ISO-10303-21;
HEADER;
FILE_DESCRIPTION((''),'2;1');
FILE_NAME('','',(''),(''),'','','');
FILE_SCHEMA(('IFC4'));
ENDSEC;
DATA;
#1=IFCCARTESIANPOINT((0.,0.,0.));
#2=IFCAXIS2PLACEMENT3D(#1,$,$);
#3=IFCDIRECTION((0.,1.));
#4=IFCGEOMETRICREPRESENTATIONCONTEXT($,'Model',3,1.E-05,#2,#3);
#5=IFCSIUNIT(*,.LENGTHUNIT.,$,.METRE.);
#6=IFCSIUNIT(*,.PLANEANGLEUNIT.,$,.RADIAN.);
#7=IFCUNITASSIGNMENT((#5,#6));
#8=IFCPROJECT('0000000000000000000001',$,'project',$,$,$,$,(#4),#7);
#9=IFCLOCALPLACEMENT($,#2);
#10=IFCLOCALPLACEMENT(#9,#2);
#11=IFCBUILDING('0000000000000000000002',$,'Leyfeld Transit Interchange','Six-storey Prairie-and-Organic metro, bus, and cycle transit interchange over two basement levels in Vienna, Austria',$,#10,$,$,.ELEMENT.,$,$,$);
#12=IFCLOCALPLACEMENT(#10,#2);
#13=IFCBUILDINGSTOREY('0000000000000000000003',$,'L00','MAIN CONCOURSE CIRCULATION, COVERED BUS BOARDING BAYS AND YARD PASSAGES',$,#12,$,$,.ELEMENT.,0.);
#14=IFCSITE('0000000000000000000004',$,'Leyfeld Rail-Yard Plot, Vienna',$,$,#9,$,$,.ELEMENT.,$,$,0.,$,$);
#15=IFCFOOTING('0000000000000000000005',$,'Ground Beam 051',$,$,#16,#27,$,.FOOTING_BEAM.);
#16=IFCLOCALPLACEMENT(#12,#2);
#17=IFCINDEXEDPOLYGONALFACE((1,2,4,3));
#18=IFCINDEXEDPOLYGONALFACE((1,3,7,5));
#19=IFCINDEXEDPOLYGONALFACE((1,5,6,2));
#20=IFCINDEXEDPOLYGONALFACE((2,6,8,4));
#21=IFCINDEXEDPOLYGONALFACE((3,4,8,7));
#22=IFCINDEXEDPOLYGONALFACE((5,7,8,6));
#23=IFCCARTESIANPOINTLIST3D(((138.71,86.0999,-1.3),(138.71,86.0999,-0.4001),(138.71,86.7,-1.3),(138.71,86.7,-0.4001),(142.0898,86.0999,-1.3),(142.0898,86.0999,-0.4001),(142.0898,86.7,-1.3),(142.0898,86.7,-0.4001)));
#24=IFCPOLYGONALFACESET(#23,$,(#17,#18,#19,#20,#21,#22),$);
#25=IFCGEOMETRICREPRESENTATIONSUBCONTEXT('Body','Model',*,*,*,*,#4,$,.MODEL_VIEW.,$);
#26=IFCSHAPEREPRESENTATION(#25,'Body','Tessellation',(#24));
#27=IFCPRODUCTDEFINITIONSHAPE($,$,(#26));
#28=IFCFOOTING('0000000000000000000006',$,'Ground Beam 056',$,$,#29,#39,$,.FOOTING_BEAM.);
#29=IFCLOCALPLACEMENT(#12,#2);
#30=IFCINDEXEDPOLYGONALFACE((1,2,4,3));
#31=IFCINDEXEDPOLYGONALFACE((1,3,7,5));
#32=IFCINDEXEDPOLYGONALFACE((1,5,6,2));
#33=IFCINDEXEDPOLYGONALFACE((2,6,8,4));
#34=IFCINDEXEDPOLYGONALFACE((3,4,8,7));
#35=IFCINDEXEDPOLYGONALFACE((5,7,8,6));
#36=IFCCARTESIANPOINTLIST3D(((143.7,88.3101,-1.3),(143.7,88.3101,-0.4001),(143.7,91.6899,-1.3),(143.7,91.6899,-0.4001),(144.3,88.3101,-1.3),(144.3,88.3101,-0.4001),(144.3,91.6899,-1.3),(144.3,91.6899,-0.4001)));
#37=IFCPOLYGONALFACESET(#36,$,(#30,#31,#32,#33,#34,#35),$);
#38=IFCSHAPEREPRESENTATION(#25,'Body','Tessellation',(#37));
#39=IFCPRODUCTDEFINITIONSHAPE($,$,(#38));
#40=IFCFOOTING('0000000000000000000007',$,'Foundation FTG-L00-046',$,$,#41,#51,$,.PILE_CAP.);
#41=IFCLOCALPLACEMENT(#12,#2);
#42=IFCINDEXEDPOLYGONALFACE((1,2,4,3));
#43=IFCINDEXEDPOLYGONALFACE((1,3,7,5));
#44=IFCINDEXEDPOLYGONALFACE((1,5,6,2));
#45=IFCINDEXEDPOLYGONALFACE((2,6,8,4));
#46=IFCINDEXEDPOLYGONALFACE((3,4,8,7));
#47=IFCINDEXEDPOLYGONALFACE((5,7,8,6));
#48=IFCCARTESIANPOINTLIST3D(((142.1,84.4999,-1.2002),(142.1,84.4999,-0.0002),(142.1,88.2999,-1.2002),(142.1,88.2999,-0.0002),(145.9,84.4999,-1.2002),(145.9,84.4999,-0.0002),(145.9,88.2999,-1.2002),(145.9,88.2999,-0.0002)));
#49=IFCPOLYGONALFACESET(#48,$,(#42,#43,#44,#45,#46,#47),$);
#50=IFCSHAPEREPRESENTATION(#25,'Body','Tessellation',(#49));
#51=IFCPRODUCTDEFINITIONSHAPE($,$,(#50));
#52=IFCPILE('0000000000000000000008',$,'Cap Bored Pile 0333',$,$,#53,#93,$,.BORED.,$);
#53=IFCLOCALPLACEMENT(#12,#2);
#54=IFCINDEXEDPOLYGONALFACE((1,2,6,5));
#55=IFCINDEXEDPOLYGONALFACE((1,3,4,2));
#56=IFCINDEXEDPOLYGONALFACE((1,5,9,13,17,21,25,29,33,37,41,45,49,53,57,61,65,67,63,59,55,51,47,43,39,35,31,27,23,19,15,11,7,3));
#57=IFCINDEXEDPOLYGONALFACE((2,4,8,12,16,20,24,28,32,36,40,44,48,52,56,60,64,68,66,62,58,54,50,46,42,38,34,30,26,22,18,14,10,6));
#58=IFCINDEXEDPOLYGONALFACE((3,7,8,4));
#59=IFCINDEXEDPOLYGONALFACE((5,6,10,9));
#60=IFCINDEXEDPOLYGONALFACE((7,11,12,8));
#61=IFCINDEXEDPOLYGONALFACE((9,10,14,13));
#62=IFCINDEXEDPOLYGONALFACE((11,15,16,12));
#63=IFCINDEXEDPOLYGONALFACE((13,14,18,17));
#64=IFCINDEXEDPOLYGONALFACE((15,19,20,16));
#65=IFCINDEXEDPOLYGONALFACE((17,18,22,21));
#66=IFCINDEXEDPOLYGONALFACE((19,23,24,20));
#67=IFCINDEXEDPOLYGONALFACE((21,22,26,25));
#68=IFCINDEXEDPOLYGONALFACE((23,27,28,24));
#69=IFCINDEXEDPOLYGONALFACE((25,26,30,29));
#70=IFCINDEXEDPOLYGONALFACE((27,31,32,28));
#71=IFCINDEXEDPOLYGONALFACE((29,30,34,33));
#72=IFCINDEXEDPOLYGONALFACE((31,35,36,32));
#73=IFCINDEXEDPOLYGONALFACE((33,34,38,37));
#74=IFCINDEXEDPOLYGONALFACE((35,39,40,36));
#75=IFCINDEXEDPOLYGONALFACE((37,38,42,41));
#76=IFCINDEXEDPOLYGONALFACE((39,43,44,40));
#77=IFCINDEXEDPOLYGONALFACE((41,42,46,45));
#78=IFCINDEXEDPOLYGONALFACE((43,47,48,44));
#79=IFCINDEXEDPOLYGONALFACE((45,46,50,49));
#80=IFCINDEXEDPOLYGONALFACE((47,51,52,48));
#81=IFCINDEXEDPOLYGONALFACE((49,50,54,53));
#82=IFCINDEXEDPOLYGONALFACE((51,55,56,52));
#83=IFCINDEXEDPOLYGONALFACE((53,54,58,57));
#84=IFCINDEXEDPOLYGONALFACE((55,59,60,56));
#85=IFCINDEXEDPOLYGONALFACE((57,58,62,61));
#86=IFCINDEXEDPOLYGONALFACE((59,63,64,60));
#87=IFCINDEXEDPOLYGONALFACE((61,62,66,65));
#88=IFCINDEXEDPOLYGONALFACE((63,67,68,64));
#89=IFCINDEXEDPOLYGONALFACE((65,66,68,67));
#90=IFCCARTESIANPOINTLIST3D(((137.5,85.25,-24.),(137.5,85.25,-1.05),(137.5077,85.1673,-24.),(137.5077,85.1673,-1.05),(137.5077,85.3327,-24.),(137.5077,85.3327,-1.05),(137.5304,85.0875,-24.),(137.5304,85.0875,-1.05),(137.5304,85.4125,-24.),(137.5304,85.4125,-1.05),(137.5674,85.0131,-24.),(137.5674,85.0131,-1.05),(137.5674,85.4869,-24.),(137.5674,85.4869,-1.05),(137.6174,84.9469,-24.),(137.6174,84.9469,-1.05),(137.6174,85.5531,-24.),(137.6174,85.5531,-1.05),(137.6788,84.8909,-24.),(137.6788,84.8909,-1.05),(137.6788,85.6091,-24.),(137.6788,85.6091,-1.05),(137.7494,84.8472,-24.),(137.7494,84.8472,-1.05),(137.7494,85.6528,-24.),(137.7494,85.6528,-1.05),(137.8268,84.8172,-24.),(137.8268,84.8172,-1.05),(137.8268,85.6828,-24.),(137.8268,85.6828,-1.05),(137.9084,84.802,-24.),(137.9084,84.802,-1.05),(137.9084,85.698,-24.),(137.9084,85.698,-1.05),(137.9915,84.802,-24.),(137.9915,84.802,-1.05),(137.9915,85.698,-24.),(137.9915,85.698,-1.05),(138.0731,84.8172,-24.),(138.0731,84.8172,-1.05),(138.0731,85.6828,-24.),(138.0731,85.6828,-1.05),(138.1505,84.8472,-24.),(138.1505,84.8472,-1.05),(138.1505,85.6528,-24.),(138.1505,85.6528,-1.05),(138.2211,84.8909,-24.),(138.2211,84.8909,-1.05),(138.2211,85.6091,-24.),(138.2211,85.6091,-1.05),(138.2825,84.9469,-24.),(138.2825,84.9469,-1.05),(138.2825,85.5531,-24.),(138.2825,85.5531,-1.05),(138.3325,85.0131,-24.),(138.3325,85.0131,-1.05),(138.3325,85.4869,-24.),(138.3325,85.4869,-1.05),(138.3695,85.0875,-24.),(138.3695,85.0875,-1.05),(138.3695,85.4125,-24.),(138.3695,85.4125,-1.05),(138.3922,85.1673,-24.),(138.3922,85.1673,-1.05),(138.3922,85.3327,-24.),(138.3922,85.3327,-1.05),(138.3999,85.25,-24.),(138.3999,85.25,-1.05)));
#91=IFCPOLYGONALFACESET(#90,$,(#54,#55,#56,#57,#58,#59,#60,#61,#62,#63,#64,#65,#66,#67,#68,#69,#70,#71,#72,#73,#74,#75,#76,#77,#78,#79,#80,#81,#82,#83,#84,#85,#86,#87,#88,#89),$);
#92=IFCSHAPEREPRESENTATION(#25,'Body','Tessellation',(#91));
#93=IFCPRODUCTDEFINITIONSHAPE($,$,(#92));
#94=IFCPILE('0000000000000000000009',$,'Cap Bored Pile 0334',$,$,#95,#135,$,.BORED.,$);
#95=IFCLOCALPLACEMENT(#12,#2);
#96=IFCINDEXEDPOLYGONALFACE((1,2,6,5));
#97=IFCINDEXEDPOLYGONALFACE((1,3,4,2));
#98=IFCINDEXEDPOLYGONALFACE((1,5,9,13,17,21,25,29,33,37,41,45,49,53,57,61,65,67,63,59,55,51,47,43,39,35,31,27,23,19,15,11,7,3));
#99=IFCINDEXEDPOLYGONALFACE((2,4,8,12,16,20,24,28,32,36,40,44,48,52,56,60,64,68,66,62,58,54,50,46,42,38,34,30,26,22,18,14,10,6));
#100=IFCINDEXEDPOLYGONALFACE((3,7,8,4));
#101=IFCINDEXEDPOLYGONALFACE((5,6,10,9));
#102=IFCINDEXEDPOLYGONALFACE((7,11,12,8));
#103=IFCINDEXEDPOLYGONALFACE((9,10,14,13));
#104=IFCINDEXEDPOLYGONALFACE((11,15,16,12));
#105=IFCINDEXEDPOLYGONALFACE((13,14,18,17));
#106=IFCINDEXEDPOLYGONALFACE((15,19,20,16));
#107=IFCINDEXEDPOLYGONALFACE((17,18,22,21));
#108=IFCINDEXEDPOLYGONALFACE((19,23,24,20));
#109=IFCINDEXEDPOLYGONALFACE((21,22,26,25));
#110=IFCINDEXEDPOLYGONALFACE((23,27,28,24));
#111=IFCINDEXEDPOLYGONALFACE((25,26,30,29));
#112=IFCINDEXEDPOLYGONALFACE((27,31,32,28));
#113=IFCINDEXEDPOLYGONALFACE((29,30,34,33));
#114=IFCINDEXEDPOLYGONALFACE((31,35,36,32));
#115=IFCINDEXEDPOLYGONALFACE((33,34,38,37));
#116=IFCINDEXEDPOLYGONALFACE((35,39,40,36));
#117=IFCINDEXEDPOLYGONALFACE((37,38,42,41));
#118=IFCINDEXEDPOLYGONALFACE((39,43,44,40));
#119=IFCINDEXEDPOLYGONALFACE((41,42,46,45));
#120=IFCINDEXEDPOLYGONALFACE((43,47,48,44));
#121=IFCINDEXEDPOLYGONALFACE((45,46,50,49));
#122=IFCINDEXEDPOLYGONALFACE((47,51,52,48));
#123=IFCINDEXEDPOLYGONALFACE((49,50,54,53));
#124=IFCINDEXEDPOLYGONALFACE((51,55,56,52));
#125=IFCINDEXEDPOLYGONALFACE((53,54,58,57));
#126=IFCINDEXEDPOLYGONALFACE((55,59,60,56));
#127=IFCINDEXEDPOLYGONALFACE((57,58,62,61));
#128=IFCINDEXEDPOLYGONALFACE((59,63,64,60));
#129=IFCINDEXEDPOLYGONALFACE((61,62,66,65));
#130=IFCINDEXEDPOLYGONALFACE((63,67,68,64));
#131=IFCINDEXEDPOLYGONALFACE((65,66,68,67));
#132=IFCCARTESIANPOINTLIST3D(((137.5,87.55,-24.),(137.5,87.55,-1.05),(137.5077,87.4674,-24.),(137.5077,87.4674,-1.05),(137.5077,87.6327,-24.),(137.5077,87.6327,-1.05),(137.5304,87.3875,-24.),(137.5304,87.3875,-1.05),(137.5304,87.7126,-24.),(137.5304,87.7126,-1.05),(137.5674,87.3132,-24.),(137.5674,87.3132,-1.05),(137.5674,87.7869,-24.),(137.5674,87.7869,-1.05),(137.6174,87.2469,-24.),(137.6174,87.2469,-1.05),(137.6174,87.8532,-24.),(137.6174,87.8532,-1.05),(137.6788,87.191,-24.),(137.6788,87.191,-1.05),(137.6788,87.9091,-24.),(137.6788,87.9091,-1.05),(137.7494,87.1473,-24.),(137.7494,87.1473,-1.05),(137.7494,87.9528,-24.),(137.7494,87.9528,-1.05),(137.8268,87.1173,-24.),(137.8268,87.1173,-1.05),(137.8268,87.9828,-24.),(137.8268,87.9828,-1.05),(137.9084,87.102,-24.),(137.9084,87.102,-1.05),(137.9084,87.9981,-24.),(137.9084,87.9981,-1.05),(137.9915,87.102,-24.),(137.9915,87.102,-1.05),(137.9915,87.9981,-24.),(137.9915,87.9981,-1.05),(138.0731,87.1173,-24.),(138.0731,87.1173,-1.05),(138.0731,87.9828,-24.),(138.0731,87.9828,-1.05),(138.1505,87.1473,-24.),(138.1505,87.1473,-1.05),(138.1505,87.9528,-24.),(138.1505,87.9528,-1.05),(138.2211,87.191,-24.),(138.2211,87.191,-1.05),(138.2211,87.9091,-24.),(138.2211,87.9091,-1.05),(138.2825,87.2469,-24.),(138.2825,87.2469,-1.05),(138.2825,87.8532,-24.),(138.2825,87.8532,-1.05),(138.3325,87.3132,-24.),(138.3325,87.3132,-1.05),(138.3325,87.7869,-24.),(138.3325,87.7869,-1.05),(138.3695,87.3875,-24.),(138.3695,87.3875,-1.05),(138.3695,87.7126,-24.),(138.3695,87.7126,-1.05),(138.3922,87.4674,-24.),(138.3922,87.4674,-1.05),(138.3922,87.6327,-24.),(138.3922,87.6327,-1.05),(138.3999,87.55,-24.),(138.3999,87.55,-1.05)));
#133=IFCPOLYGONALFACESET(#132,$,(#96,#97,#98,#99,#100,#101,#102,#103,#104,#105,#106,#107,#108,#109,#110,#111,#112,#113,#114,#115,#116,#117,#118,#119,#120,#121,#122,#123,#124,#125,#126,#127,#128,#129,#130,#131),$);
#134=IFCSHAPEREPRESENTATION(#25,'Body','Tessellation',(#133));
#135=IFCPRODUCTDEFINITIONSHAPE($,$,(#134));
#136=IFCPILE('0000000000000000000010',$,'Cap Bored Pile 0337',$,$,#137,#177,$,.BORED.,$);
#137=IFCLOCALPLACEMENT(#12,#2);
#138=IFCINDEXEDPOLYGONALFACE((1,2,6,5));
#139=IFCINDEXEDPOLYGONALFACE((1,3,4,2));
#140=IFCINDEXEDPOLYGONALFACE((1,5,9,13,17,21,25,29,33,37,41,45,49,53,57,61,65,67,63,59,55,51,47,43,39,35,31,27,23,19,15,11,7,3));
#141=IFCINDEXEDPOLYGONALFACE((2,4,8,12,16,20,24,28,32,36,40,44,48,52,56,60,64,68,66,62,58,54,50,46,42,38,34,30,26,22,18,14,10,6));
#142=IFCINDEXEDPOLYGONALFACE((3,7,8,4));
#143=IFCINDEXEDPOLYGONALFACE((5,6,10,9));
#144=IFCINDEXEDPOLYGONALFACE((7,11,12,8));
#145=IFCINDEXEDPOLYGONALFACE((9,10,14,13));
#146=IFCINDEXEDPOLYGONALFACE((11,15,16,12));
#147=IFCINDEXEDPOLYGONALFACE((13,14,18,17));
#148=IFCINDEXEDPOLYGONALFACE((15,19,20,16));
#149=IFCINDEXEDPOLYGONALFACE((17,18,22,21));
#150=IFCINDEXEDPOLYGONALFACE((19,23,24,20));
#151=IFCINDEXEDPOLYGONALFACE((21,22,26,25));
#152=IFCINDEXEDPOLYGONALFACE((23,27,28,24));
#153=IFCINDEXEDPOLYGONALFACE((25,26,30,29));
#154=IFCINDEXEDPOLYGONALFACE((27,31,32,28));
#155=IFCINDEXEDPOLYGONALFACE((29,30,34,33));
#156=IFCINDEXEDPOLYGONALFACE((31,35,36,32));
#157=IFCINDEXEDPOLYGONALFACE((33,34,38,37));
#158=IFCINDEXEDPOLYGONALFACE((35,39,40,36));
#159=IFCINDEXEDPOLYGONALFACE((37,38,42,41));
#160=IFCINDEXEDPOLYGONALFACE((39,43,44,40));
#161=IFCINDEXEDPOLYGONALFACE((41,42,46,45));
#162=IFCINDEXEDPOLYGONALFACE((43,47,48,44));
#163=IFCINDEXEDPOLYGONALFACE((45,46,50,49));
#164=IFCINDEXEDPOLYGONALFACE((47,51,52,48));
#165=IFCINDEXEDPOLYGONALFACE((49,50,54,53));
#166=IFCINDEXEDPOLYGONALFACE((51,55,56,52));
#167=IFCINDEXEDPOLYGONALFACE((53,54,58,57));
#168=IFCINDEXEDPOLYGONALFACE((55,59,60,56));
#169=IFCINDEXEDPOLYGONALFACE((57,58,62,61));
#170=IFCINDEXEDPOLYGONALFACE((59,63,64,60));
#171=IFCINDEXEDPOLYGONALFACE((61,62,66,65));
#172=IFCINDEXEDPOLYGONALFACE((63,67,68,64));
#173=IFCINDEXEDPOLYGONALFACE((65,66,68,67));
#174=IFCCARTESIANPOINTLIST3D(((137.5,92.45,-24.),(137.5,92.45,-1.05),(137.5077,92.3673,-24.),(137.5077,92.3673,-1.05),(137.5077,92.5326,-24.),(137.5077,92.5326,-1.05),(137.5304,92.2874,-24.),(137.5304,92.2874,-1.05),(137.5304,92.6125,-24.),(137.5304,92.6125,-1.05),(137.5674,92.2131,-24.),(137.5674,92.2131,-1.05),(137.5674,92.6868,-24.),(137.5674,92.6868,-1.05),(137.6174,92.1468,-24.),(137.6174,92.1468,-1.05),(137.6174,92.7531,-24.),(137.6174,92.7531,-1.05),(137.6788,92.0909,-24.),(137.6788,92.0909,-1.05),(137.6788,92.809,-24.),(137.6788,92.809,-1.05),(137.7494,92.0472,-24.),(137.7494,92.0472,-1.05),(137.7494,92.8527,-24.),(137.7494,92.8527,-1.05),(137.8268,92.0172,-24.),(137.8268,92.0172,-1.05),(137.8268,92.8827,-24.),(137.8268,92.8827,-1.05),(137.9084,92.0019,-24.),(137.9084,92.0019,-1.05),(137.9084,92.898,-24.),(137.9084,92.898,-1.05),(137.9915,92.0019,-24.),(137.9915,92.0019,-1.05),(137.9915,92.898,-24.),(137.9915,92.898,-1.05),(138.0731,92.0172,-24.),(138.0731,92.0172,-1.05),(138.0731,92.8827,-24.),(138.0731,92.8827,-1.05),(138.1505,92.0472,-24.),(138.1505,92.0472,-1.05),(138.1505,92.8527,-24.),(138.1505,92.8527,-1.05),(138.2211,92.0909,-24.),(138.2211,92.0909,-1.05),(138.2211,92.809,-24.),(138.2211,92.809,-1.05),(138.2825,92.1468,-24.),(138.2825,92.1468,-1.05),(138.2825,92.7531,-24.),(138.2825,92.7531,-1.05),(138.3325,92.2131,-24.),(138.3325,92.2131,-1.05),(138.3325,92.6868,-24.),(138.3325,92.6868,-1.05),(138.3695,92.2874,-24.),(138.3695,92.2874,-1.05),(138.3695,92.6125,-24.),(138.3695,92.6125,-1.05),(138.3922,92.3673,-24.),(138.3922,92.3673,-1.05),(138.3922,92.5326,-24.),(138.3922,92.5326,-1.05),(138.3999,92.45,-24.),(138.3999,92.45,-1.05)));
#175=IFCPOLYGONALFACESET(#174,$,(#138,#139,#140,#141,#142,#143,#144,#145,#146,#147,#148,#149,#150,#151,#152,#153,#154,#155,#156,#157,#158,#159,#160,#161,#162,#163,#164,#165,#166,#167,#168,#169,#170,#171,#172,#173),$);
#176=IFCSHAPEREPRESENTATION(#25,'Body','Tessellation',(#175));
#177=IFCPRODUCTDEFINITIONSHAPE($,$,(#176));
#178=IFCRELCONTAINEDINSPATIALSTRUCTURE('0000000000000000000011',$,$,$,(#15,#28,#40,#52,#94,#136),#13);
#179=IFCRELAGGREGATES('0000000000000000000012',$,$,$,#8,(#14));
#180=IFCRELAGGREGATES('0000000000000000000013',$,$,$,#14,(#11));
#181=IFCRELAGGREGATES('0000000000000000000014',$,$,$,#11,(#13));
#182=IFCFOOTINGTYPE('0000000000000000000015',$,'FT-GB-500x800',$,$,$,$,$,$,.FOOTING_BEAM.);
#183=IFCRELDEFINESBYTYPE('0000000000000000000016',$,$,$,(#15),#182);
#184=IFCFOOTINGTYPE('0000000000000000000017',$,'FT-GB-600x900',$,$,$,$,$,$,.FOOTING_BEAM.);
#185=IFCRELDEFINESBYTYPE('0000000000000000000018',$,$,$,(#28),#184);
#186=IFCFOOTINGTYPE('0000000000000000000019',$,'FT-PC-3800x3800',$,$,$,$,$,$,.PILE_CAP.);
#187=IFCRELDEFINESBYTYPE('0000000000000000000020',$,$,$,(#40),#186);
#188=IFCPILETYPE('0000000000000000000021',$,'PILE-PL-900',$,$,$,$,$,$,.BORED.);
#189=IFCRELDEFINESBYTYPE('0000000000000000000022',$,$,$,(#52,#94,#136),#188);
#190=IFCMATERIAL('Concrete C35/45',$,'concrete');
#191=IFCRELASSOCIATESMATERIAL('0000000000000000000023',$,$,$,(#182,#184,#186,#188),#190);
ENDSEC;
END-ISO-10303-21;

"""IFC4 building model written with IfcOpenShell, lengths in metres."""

from ifc_helpers import new_model, si_unit, direction, frame, origin, origin_2d, place, context, subcontext, project, spatial, rectangle, circle, extrude, material, material_profile, profile_set, type_object, element, save


model = new_model("IFC4")

# Units and contexts
model_context = context("Model", 3, precision=1e-05, world=origin(), true_north=direction((0.0, 1.0)))
body_context = subcontext(model_context, "Body", "Model", "MODEL_VIEW")
ifc_project = project(units=[si_unit("LENGTHUNIT", "METRE"), si_unit("PLANEANGLEUNIT", "RADIAN")], contexts=[model_context])

# Site, building, storey
site_placement = place(None, origin())
site = spatial("IfcSite", under=ifc_project, at=site_placement, Name="Leyfeld Rail-Yard Plot, Vienna", CompositionType="ELEMENT", RefElevation=0.0)
building_placement = place(site_placement, origin())
building = spatial("IfcBuilding", under=site, at=building_placement, Name="Leyfeld Transit Interchange", Description="Six-storey Prairie-and-Organic metro, bus, and cycle transit interchange over two basement levels in Vienna, Austria", CompositionType="ELEMENT")
storey_placement = place(building_placement, origin())
storey = spatial("IfcBuildingStorey", under=building, at=storey_placement, Name="L00", Description="MAIN CONCOURSE CIRCULATION, COVERED BUS BOARDING BAYS AND YARD PASSAGES", CompositionType="ELEMENT", Elevation=0.0)

# Footings
ifc_material_1 = material(Name="Concrete C35/45", Category="concrete")
footing_type_1 = type_object("IfcFootingType", Name="FT-GB-500x800", PredefinedType="FOOTING_BEAM", material=ifc_material_1)
footing_1_placement = place(storey_placement, frame((140.3999, 86.3999, -1.3), z_axis=(0.0, 0.0, 1.0), x_axis=(1.0, 0.0, 0.0)))
element("IfcFooting", 1, at=footing_1_placement, inside=storey, type_object=footing_type_1, Name="Ground Beam 051", PredefinedType="FOOTING_BEAM", context=body_context, shape_type="SweptSolid", body=[
    extrude(rectangle(XDim=3.3799, YDim=0.6001, at=origin_2d()), origin(), (0.0, 0.0, 1.0), 0.8999),
])
footing_type_2 = type_object("IfcFootingType", Name="FT-GB-600x900", PredefinedType="FOOTING_BEAM", material=ifc_material_1)
footing_2_placement = place(storey_placement, frame((144.0, 90.0, -1.3), z_axis=(0.0, 0.0, 1.0), x_axis=(1.0, 0.0, 0.0)))
element("IfcFooting", 2, at=footing_2_placement, inside=storey, type_object=footing_type_2, Name="Ground Beam 056", PredefinedType="FOOTING_BEAM", context=body_context, shape_type="SweptSolid", body=[
    extrude(rectangle(XDim=0.6001, YDim=3.3799, at=origin_2d()), origin(), (0.0, 0.0, 1.0), 0.8999),
])
footing_type_3 = type_object("IfcFootingType", Name="FT-PC-3800x3800", PredefinedType="PILE_CAP", material=ifc_material_1)
footing_3_placement = place(storey_placement, frame((144.0, 86.3999, -1.2002), z_axis=(0.0, 0.0, 1.0), x_axis=(1.0, 0.0, 0.0)))
element("IfcFooting", 3, at=footing_3_placement, inside=storey, type_object=footing_type_3, Name="Foundation FTG-L00-046", PredefinedType="PILE_CAP", context=body_context, shape_type="SweptSolid", body=[
    extrude(rectangle(XDim=3.8, YDim=3.8, at=origin_2d()), origin(), (0.0, 0.0, 1.0), 1.2),
])

# Piles
ifc_material_profile_1 = material_profile(ifc_material_1, circle(Radius=0.45, at=origin_2d()), Name="PILE D900")
ifc_profile_set_1 = profile_set([ifc_material_profile_1], Name="Concrete C35/45")
pile_type = type_object("IfcPileType", Name="PILE-PL-900", PredefinedType="BORED", material=ifc_profile_set_1)
for number, where, z_axis, x_axis, name in (
    (4, (137.95, 85.25, -1.05), (0.0, 0.0, -1.0), (1.0, 0.0, 0.0), "Cap Bored Pile 0333"),
    (5, (137.95, 87.55, -1.05), (0.0, 0.0, -1.0), (1.0, 0.0, 0.0), "Cap Bored Pile 0334"),
    (6, (137.95, 92.45, -1.05), (0.0, 0.0, -1.0), (1.0, 0.0, 0.0), "Cap Bored Pile 0337"),
):
    element("IfcPile", number, at=place(storey_placement, frame(where, z_axis=z_axis, x_axis=x_axis)), inside=storey, type_object=pile_type, Name=name, PredefinedType="BORED", context=body_context, shape_type="SweptSolid", body=[
        extrude(circle(Radius=0.45, at=origin_2d()), origin(), (0.0, 0.0, 1.0), 22.95),
    ])

save(model, "model.ifc")
